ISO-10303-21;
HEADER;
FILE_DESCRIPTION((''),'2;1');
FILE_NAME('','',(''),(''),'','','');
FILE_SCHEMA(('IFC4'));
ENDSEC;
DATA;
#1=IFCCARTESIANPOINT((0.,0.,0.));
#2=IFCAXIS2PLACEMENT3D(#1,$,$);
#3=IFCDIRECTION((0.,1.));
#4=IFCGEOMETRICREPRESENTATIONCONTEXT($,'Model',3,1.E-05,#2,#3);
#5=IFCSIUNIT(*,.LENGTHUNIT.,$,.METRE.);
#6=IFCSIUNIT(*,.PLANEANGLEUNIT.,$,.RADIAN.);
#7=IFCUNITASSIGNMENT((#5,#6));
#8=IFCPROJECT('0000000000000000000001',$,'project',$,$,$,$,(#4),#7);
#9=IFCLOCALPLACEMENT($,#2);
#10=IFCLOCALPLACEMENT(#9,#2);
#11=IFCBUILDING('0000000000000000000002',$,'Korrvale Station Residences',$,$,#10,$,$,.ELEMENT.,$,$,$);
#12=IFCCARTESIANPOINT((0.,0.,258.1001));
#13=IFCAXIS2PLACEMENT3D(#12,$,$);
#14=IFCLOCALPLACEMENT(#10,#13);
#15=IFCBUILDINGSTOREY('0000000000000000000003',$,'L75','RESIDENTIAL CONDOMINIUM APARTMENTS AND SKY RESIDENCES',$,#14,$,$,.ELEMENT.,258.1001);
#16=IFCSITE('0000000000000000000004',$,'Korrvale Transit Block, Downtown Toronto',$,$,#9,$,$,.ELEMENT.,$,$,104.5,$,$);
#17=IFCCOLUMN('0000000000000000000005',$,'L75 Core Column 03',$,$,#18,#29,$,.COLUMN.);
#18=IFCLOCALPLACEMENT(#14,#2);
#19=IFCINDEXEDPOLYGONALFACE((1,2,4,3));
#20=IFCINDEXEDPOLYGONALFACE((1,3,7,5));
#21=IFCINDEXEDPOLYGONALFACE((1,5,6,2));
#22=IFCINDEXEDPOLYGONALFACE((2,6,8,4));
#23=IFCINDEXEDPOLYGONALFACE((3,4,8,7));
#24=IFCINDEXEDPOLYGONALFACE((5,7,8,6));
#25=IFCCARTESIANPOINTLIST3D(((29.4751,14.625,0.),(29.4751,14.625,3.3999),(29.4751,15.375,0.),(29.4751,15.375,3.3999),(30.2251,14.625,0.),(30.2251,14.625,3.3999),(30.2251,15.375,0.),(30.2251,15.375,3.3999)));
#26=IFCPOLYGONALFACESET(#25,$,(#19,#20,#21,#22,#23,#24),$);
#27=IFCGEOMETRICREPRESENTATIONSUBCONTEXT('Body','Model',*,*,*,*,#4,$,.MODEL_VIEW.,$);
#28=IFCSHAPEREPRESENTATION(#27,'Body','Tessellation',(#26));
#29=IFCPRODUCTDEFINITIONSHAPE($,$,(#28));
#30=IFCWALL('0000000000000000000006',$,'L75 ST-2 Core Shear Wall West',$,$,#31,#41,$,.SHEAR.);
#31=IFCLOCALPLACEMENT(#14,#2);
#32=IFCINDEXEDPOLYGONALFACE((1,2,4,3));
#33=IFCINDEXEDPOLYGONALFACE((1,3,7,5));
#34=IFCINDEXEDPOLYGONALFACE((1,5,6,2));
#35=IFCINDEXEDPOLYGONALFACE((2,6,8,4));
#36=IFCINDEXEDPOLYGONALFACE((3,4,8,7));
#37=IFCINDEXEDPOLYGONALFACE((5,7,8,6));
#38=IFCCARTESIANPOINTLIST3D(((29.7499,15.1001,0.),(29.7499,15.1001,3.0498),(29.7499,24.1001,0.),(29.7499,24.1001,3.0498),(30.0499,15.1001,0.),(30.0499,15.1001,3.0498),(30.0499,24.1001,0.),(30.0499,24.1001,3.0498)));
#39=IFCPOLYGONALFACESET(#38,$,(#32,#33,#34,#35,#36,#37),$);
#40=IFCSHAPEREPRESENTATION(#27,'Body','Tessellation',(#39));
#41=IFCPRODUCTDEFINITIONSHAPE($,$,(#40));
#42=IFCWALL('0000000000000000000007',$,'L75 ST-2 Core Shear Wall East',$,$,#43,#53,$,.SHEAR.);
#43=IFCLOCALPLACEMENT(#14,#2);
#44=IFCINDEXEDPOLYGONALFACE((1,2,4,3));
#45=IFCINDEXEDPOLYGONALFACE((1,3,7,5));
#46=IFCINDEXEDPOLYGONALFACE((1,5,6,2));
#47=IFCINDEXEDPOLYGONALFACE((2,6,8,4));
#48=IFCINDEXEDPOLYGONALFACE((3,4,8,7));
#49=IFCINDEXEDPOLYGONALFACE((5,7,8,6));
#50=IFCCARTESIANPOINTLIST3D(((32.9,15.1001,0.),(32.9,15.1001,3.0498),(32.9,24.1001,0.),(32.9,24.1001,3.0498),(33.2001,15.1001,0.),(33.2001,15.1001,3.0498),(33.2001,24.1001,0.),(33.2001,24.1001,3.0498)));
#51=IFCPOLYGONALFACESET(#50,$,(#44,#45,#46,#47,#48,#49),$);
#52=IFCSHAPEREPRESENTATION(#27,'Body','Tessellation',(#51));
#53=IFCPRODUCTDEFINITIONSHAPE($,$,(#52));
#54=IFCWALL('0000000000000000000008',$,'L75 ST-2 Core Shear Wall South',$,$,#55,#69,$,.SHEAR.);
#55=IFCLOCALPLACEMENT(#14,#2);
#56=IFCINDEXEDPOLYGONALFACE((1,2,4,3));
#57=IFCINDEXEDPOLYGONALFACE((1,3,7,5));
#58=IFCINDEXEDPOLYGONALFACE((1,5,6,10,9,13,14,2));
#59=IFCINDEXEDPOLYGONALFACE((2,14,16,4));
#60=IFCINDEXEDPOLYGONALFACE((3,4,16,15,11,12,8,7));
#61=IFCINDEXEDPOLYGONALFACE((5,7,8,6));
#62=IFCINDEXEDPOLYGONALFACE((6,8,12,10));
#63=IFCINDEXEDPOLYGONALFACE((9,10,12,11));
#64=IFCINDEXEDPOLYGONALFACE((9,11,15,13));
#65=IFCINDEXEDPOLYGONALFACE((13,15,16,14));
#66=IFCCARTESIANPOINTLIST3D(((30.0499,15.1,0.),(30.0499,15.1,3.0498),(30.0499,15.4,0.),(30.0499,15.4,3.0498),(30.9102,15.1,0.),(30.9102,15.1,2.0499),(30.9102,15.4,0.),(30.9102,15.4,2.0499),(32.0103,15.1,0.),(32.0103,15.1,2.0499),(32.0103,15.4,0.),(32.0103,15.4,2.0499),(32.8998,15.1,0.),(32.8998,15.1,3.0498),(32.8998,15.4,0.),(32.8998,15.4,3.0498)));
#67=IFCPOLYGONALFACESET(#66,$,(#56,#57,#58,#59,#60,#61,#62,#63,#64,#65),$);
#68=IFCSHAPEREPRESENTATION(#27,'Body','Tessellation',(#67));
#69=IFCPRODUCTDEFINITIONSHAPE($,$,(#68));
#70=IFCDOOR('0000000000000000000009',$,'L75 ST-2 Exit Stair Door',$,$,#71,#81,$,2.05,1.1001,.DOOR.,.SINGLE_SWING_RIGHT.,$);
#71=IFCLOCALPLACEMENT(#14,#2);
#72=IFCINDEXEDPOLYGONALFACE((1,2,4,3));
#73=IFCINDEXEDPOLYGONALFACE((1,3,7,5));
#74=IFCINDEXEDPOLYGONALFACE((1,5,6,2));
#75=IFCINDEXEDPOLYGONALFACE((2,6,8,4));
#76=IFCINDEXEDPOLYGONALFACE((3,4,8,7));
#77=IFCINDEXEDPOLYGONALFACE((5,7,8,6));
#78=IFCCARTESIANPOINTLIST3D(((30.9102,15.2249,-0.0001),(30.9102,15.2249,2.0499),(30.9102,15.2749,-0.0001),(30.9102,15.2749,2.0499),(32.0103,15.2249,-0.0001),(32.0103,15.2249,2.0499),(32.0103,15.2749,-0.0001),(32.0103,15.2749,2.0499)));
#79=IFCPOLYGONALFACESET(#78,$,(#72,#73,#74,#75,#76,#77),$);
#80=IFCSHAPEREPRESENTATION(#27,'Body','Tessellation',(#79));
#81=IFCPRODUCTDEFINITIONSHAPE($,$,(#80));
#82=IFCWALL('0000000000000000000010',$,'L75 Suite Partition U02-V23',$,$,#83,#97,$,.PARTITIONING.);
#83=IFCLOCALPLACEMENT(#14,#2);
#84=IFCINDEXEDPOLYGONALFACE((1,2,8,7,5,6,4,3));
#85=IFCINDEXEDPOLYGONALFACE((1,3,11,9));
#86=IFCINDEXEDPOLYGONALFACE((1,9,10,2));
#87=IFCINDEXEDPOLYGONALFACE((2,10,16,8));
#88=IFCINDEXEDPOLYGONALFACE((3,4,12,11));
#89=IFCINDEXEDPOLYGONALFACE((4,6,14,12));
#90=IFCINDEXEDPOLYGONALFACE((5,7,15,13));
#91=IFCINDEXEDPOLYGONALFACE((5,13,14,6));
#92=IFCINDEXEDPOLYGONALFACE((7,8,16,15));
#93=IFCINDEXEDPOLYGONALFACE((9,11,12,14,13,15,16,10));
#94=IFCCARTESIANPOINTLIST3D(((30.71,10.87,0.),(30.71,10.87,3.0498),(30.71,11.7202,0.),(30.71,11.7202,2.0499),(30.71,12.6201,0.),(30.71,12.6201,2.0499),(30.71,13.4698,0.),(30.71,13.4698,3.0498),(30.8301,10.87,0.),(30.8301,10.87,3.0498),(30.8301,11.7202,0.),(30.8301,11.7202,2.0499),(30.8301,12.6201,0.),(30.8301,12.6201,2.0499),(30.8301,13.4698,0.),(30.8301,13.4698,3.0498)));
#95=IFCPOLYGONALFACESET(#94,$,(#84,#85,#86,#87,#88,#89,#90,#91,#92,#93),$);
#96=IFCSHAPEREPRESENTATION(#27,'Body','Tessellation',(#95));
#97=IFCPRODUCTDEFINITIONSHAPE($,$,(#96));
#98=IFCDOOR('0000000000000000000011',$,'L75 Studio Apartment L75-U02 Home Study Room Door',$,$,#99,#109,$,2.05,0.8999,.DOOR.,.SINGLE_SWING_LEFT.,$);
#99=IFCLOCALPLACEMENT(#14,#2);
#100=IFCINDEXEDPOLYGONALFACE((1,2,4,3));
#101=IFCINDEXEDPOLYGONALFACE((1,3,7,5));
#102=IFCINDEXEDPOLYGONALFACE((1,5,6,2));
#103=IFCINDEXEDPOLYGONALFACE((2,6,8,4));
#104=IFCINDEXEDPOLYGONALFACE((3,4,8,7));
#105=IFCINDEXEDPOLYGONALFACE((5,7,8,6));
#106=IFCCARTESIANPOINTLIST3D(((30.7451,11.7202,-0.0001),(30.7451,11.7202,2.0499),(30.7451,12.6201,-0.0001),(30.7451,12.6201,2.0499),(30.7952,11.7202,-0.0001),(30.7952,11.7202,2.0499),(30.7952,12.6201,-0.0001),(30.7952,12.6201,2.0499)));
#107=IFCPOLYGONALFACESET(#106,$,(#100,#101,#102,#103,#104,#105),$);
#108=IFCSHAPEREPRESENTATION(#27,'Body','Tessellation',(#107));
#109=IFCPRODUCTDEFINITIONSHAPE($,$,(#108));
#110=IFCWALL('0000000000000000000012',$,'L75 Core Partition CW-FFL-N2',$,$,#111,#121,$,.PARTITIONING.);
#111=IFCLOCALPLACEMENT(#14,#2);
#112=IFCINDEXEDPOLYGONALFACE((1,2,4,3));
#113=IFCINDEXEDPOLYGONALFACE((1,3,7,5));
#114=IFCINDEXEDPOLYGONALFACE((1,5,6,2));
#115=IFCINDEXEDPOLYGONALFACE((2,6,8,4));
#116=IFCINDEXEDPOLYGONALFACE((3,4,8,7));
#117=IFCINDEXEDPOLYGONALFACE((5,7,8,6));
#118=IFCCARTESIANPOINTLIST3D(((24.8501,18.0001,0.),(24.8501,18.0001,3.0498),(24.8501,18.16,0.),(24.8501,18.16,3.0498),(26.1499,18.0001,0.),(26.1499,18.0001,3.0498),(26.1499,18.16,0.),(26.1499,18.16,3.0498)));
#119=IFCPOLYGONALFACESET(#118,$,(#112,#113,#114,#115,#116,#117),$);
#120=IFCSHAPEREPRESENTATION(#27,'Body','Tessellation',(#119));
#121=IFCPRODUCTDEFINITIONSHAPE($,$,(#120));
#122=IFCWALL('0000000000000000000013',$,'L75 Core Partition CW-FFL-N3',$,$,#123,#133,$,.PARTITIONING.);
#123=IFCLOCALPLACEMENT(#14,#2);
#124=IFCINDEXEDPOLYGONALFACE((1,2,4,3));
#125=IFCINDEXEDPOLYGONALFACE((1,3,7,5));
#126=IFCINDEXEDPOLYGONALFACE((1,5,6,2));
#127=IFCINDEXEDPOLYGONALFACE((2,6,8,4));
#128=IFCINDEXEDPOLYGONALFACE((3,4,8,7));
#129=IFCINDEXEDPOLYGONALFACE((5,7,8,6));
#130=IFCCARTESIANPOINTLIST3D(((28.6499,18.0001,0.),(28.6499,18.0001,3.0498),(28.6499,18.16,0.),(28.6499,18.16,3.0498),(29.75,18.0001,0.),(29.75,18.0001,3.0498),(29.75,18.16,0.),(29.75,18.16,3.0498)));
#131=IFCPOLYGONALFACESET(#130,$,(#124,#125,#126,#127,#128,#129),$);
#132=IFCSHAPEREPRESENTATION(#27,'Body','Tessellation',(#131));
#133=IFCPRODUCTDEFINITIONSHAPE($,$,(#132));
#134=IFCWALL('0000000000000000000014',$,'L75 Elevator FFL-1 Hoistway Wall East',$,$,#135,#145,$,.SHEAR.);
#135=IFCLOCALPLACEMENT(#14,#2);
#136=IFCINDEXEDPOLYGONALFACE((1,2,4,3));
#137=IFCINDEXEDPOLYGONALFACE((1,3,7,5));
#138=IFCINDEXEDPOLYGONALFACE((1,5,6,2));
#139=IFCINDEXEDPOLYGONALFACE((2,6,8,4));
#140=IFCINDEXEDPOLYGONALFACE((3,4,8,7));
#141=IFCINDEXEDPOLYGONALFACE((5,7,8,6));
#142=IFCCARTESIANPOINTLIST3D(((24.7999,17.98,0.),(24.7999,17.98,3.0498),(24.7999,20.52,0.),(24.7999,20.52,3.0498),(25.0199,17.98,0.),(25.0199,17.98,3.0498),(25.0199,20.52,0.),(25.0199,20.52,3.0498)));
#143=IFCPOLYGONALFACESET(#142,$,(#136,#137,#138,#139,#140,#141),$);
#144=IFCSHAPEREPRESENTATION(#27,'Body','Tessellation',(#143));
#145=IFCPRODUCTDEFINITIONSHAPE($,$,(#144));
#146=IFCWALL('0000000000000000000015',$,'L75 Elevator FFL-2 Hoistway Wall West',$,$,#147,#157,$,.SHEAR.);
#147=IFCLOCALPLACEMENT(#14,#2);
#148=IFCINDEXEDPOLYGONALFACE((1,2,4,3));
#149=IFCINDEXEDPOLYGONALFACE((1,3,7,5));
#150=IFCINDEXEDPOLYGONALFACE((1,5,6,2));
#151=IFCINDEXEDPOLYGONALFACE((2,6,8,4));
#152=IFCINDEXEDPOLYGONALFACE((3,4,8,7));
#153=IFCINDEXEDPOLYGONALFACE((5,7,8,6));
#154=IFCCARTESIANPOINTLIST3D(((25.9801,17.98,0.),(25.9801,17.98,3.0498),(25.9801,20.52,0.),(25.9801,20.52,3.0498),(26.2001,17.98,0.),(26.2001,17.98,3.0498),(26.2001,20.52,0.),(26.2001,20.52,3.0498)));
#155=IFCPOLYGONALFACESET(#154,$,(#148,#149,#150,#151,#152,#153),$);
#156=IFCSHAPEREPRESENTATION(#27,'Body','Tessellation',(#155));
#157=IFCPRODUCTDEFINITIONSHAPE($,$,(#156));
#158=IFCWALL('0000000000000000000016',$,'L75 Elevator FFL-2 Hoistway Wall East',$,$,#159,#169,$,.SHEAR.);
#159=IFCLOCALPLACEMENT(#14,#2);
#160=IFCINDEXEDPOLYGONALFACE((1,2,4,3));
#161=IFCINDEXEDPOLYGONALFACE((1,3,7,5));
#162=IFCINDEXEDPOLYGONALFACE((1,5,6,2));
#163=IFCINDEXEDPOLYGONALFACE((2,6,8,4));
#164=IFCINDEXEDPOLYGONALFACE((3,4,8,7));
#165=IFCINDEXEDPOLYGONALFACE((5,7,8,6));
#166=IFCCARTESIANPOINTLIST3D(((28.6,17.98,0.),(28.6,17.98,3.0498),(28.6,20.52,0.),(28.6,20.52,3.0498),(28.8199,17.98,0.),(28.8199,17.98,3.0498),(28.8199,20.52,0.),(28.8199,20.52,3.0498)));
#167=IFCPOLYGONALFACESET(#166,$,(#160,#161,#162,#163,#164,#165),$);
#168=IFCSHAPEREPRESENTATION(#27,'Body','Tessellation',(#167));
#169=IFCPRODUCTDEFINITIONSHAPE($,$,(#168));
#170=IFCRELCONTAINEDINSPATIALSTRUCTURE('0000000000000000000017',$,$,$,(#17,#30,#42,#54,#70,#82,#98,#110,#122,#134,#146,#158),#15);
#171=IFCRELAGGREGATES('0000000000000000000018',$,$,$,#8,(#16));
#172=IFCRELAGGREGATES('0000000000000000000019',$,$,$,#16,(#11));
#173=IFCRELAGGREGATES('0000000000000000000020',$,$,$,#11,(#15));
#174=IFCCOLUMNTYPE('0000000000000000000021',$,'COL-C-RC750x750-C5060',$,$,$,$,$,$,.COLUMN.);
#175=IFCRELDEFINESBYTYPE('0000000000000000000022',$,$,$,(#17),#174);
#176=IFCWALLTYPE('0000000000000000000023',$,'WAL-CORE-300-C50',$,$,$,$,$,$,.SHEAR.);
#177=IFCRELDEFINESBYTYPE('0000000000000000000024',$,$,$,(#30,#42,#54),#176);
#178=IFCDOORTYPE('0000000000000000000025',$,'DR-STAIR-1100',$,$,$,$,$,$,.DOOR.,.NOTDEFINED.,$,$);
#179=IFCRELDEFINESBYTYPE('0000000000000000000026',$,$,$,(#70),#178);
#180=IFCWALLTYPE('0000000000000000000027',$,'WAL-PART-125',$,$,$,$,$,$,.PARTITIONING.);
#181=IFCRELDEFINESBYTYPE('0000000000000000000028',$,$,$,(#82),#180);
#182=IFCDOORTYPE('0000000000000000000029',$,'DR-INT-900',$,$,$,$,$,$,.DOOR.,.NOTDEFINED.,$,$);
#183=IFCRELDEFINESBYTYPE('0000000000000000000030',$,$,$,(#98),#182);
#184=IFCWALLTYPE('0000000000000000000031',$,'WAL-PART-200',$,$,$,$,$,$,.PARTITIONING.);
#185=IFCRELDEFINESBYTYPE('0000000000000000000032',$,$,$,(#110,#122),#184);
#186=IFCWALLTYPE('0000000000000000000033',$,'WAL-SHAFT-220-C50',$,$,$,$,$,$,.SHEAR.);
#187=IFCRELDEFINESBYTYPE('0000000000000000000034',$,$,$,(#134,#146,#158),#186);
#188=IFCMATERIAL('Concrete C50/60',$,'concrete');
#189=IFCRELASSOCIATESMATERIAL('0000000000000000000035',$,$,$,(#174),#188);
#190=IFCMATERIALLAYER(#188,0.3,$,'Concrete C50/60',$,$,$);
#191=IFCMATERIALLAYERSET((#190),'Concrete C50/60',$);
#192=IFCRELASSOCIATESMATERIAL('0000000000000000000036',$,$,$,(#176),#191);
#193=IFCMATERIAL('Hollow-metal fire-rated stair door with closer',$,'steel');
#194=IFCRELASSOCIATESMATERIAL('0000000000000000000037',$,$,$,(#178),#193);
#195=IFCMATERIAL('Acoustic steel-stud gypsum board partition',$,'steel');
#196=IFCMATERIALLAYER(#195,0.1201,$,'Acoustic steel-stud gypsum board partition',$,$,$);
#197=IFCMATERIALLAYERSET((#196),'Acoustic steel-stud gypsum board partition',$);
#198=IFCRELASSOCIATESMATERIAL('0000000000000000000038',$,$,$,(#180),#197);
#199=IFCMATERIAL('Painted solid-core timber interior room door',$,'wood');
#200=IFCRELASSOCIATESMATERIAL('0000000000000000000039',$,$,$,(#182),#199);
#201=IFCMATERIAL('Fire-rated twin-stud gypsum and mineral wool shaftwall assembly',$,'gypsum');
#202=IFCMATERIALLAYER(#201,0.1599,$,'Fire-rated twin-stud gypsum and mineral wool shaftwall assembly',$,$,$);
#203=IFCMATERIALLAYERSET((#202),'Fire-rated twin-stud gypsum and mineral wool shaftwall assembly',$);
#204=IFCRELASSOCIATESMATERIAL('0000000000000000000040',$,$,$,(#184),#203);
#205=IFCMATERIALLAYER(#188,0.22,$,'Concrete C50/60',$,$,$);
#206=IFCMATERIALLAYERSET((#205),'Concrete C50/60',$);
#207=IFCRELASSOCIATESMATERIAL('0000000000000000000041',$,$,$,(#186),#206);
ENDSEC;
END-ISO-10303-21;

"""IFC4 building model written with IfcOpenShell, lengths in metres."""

from ifc_helpers import new_model, si_unit, direction, frame, frame_2d, origin, origin_2d, place, context, subcontext, project, spatial, rectangle, extrude, material, layer, layer_set, material_profile, profile_set, type_object, element, fill, save


model = new_model("IFC4")

# Units and contexts
model_context = context("Model", 3, precision=1e-05, world=origin(), true_north=direction((0.0, 1.0)))
body_context = subcontext(model_context, "Body", "Model", "MODEL_VIEW")
ifc_project = project(units=[si_unit("LENGTHUNIT", "METRE"), si_unit("PLANEANGLEUNIT", "RADIAN")], contexts=[model_context])

# Site, building, storey
site_placement = place(None, origin())
site = spatial("IfcSite", under=ifc_project, at=site_placement, Name="Korrvale Transit Block, Downtown Toronto", CompositionType="ELEMENT", RefElevation=104.5)
building_placement = place(site_placement, origin())
building = spatial("IfcBuilding", under=site, at=building_placement, Name="Korrvale Station Residences", CompositionType="ELEMENT")
storey_placement = place(building_placement, frame((0.0, 0.0, 258.1001)))
storey = spatial("IfcBuildingStorey", under=building, at=storey_placement, Name="L75", Description="RESIDENTIAL CONDOMINIUM APARTMENTS AND SKY RESIDENCES", CompositionType="ELEMENT", Elevation=258.1001)

# Column
ifc_material_1 = material(Name="Concrete C50/60", Category="concrete")
ifc_material_profile = material_profile(ifc_material_1, rectangle(XDim=0.75, YDim=0.75, at=origin_2d()), Name="RC750x750")
ifc_profile_set = profile_set([ifc_material_profile], Name="Concrete C50/60")
column_type = type_object("IfcColumnType", Name="COL-C-RC750x750-C5060", PredefinedType="COLUMN", material=ifc_profile_set)
column_placement = place(storey_placement, frame((29.8501, 15.0, 0.0), z_axis=(0.0, 0.0, 1.0), x_axis=(1.0, 0.0, 0.0)))
element("IfcColumn", 1, at=column_placement, inside=storey, type_object=column_type, Name="L75 Core Column 03", PredefinedType="COLUMN", context=body_context, shape_type="SweptSolid", body=[
    extrude(rectangle(XDim=0.75, YDim=0.75, at=origin_2d()), origin(), (0.0, 0.0, 1.0), 3.3999),
])

# Walls
ifc_layer_1 = layer(ifc_material_1, 0.3, Name="Concrete C50/60")
ifc_layer_set_1 = layer_set([ifc_layer_1], Name="Concrete C50/60")
wall_type_1 = type_object("IfcWallType", Name="WAL-CORE-300-C50", PredefinedType="SHEAR", material=ifc_layer_set_1)
for number, where, z_axis, x_axis, name in (
    (2, (29.8999, 15.1001, 0.0), (0.0, 0.0, 1.0), (0.0, 1.0, 0.0), "L75 ST-2 Core Shear Wall West"),
    (3, (33.05, 15.1001, 0.0), (0.0, 0.0, 1.0), (0.0, 1.0, 0.0), "L75 ST-2 Core Shear Wall East"),
):
    element("IfcWall", number, at=place(storey_placement, frame(where, z_axis=z_axis, x_axis=x_axis)), inside=storey, type_object=wall_type_1, Name=name, PredefinedType="SHEAR", context=body_context, shape_type="SweptSolid", body=[
        extrude(rectangle(XDim=9.0, YDim=0.3, at=frame_2d((4.5, 0.0))), origin(), (0.0, 0.0, 1.0), 3.0498),
    ])

# Walls, openings, doors
wall_1_placement = place(storey_placement, frame((30.05, 15.25, 0.0), z_axis=(0.0, 0.0, 1.0), x_axis=(1.0, 0.0, 0.0)))
wall_1 = element("IfcWall", 4, at=wall_1_placement, inside=storey, type_object=wall_type_1, Name="L75 ST-2 Core Shear Wall South", PredefinedType="SHEAR", context=body_context, shape_type="SweptSolid", body=[
    extrude(rectangle(XDim=2.8499, YDim=0.3, at=frame_2d((1.4248, 0.0))), origin(), (0.0, 0.0, 1.0), 3.0498),
])
opening_1_placement = place(wall_1_placement, frame((0.8601, 0.0, 0.0)))
opening_1 = element("IfcOpeningElement", 5, at=opening_1_placement, cuts=wall_1, PredefinedType="OPENING", context=body_context, shape_type="SweptSolid", body=[
    extrude(rectangle(XDim=1.1001, YDim=2.05, at=frame_2d((0.55, 1.0249))), frame((0.0, 0.1602, 0.0), z_axis=(0.0, -1.0, 0.0), x_axis=(1.0, 0.0, 0.0)), (0.0, 0.0, 1.0), 0.3201),
])
ifc_material_2 = material(Name="Hollow-metal fire-rated stair door with closer", Category="steel")
door_type_1 = type_object("IfcDoorType", Name="DR-STAIR-1100", OperationType="NOTDEFINED", PredefinedType="DOOR", material=ifc_material_2)
door_1_placement = place(opening_1_placement, origin())
door_1 = element("IfcDoor", 6, at=door_1_placement, inside=storey, type_object=door_type_1, Name="L75 ST-2 Exit Stair Door", OperationType="SINGLE_SWING_RIGHT", OverallHeight=2.05, OverallWidth=1.1001, PredefinedType="DOOR", context=body_context, shape_type="SweptSolid", body=[
    extrude(rectangle(XDim=1.1001, YDim=2.05, at=frame_2d((0.55, 1.0249))), frame((0.0, 0.0249, 0.0), z_axis=(0.0, -1.0, 0.0), x_axis=(1.0, 0.0, 0.0)), (0.0, 0.0, 1.0), 0.05),
])
fill(opening_1, door_1)
ifc_material_3 = material(Name="Acoustic steel-stud gypsum board partition", Category="steel")
ifc_layer_2 = layer(ifc_material_3, 0.1201, Name="Acoustic steel-stud gypsum board partition")
ifc_layer_set_2 = layer_set([ifc_layer_2], Name="Acoustic steel-stud gypsum board partition")
wall_type_2 = type_object("IfcWallType", Name="WAL-PART-125", PredefinedType="PARTITIONING", material=ifc_layer_set_2)
wall_2_placement = place(storey_placement, frame((30.77, 10.8701, 0.0), z_axis=(0.0, 0.0, 1.0), x_axis=(0.0, 1.0, 0.0)))
wall_2 = element("IfcWall", 7, at=wall_2_placement, inside=storey, type_object=wall_type_2, Name="L75 Suite Partition U02-V23", PredefinedType="PARTITIONING", context=body_context, shape_type="SweptSolid", body=[
    extrude(rectangle(XDim=2.5999, YDim=0.1201, at=frame_2d((1.2998, 0.0))), origin(), (0.0, 0.0, 1.0), 3.0498),
])
opening_2_placement = place(wall_2_placement, frame((0.8501, 0.0, 0.0)))
opening_2 = element("IfcOpeningElement", 8, at=opening_2_placement, cuts=wall_2, PredefinedType="OPENING", context=body_context, shape_type="SweptSolid", body=[
    extrude(rectangle(XDim=0.8999, YDim=2.05, at=frame_2d((0.45, 1.0249))), frame((0.0, 0.0701, 0.0), z_axis=(0.0, -1.0, 0.0), x_axis=(1.0, 0.0, 0.0)), (0.0, 0.0, 1.0), 0.1401),
])
ifc_material_4 = material(Name="Painted solid-core timber interior room door", Category="wood")
door_type_2 = type_object("IfcDoorType", Name="DR-INT-900", OperationType="NOTDEFINED", PredefinedType="DOOR", material=ifc_material_4)
door_2_placement = place(opening_2_placement, origin())
door_2 = element("IfcDoor", 9, at=door_2_placement, inside=storey, type_object=door_type_2, Name="L75 Studio Apartment L75-U02 Home Study Room Door", OperationType="SINGLE_SWING_LEFT", OverallHeight=2.05, OverallWidth=0.8999, PredefinedType="DOOR", context=body_context, shape_type="SweptSolid", body=[
    extrude(rectangle(XDim=0.8999, YDim=2.05, at=frame_2d((0.45, 1.0249))), frame((0.0, 0.0249, 0.0), z_axis=(0.0, -1.0, 0.0), x_axis=(1.0, 0.0, 0.0)), (0.0, 0.0, 1.0), 0.05),
])
fill(opening_2, door_2)

# Walls
ifc_material_5 = material(Name="Fire-rated twin-stud gypsum and mineral wool shaftwall assembly", Category="gypsum")
ifc_layer_3 = layer(ifc_material_5, 0.1599, Name="Fire-rated twin-stud gypsum and mineral wool shaftwall assembly")
ifc_layer_set_3 = layer_set([ifc_layer_3], Name="Fire-rated twin-stud gypsum and mineral wool shaftwall assembly")
wall_type_3 = type_object("IfcWallType", Name="WAL-PART-200", PredefinedType="PARTITIONING", material=ifc_layer_set_3)
wall_3_placement = place(storey_placement, frame((24.8501, 18.0801, 0.0), z_axis=(0.0, 0.0, 1.0), x_axis=(1.0, 0.0, 0.0)))
element("IfcWall", 10, at=wall_3_placement, inside=storey, type_object=wall_type_3, Name="L75 Core Partition CW-FFL-N2", PredefinedType="PARTITIONING", context=body_context, shape_type="SweptSolid", body=[
    extrude(rectangle(XDim=1.2998, YDim=0.1599, at=frame_2d((0.6499, 0.0))), origin(), (0.0, 0.0, 1.0), 3.0498),
])
wall_4_placement = place(storey_placement, frame((28.6499, 18.0801, 0.0), z_axis=(0.0, 0.0, 1.0), x_axis=(1.0, 0.0, 0.0)))
element("IfcWall", 11, at=wall_4_placement, inside=storey, type_object=wall_type_3, Name="L75 Core Partition CW-FFL-N3", PredefinedType="PARTITIONING", context=body_context, shape_type="SweptSolid", body=[
    extrude(rectangle(XDim=1.1001, YDim=0.1599, at=frame_2d((0.55, 0.0))), origin(), (0.0, 0.0, 1.0), 3.0498),
])
ifc_layer_4 = layer(ifc_material_1, 0.22, Name="Concrete C50/60")
ifc_layer_set_4 = layer_set([ifc_layer_4], Name="Concrete C50/60")
wall_type_4 = type_object("IfcWallType", Name="WAL-SHAFT-220-C50", PredefinedType="SHEAR", material=ifc_layer_set_4)
wall_5_placement = place(storey_placement, frame((24.9099, 17.98, 0.0), z_axis=(0.0, 0.0, 1.0), x_axis=(0.0, 1.0, 0.0)))
element("IfcWall", 12, at=wall_5_placement, inside=storey, type_object=wall_type_4, Name="L75 Elevator FFL-1 Hoistway Wall East", PredefinedType="SHEAR", context=body_context, shape_type="SweptSolid", body=[
    extrude(rectangle(XDim=2.54, YDim=0.22, at=frame_2d((1.27, 0.0))), origin(), (0.0, 0.0, 1.0), 3.0498),
])

# Walls
for number, where, z_axis, x_axis, name in (
    (13, (26.0901, 17.98, 0.0), (0.0, 0.0, 1.0), (0.0, 1.0, 0.0), "L75 Elevator FFL-2 Hoistway Wall West"),
    (14, (28.71, 17.98, 0.0), (0.0, 0.0, 1.0), (0.0, 1.0, 0.0), "L75 Elevator FFL-2 Hoistway Wall East"),
):
    element("IfcWall", number, at=place(storey_placement, frame(where, z_axis=z_axis, x_axis=x_axis)), inside=storey, type_object=wall_type_4, Name=name, PredefinedType="SHEAR", context=body_context, shape_type="SweptSolid", body=[
        extrude(rectangle(XDim=2.54, YDim=0.22, at=frame_2d((1.27, 0.0))), origin(), (0.0, 0.0, 1.0), 3.0498),
    ])

save(model, "model.ifc")
